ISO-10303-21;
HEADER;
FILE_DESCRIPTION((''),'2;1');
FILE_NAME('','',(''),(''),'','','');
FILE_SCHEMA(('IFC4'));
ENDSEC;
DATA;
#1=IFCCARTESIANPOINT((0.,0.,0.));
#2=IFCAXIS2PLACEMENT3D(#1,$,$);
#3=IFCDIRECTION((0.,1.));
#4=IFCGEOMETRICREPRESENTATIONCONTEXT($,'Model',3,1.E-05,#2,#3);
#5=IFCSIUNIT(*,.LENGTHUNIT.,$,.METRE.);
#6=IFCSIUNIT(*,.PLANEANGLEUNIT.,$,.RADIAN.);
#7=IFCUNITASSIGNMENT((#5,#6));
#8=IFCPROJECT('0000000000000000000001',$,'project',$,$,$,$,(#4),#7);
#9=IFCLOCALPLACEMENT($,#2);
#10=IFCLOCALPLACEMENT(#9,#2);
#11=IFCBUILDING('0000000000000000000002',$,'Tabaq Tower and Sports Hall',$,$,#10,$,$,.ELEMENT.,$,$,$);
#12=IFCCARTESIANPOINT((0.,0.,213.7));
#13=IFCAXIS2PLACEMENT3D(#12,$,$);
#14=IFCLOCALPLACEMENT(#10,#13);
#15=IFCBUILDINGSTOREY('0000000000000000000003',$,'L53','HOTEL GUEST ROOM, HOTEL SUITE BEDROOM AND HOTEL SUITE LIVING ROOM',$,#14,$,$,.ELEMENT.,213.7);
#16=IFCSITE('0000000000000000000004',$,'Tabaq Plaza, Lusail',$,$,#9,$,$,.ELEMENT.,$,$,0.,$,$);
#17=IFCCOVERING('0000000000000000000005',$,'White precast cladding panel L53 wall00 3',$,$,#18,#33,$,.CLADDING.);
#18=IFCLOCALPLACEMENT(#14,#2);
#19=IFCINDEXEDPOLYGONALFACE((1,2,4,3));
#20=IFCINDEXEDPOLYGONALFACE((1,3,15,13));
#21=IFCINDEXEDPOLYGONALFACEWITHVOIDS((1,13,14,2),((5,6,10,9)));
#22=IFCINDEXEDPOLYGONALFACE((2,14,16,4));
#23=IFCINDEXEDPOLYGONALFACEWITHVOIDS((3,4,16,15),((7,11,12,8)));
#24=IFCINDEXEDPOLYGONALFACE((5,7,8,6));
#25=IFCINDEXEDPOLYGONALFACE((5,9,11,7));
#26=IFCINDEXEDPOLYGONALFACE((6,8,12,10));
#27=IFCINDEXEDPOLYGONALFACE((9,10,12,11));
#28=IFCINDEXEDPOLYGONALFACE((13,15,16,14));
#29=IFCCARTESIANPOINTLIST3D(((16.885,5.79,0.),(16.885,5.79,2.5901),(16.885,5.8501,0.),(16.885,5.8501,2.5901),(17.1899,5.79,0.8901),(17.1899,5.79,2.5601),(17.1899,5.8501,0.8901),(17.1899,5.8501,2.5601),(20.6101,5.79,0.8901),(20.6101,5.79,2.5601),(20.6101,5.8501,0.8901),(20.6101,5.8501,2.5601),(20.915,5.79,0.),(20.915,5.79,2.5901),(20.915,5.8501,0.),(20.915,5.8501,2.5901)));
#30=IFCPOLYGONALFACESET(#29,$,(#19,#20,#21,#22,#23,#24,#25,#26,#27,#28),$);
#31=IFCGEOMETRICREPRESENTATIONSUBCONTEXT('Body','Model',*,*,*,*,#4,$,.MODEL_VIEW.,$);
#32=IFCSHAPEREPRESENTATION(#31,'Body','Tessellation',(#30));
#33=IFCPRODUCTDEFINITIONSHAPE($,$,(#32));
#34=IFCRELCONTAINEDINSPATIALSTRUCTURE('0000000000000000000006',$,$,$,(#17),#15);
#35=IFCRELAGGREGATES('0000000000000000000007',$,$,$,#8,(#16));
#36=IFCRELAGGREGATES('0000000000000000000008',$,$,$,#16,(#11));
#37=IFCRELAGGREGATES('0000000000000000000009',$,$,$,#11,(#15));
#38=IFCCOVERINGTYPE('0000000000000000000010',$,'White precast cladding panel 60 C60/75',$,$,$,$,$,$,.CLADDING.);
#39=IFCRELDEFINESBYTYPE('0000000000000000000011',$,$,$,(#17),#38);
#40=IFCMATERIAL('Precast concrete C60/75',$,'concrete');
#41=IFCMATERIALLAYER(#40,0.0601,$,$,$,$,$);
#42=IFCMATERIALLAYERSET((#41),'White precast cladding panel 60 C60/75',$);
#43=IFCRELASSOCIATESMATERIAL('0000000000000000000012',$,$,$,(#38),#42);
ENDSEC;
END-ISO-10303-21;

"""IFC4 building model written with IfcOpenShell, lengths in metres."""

from ifc_helpers import new_model, si_unit, direction, frame, origin, place, context, subcontext, project, spatial, polyline, outline, extrude, material, layer, layer_set, type_object, element, save


model = new_model("IFC4")

# Units and contexts
model_context = context("Model", 3, precision=1e-05, world=origin(), true_north=direction((0.0, 1.0)))
body_context = subcontext(model_context, "Body", "Model", "MODEL_VIEW")
ifc_project = project(units=[si_unit("LENGTHUNIT", "METRE"), si_unit("PLANEANGLEUNIT", "RADIAN")], contexts=[model_context])

# Site, building, storey
site_placement = place(None, origin())
site = spatial("IfcSite", under=ifc_project, at=site_placement, Name="Tabaq Plaza, Lusail", CompositionType="ELEMENT", RefElevation=0.0)
building_placement = place(site_placement, origin())
building = spatial("IfcBuilding", under=site, at=building_placement, Name="Tabaq Tower and Sports Hall", CompositionType="ELEMENT")
storey_placement = place(building_placement, frame((0.0, 0.0, 213.7)))
storey = spatial("IfcBuildingStorey", under=building, at=storey_placement, Name="L53", Description="HOTEL GUEST ROOM, HOTEL SUITE BEDROOM AND HOTEL SUITE LIVING ROOM", CompositionType="ELEMENT", Elevation=213.7)

# Covering
ifc_material_1 = material(Name="Precast concrete C60/75", Category="concrete")
ifc_layer_1 = layer(ifc_material_1, 0.0601)
ifc_layer_set_1 = layer_set([ifc_layer_1], Name="White precast cladding panel 60 C60/75")
covering_type = type_object("IfcCoveringType", Name="White precast cladding panel 60 C60/75", PredefinedType="CLADDING", material=ifc_layer_set_1)
covering_placement = place(storey_placement, frame((16.885, 5.8201, 0.0), z_axis=(0.0, 0.0, 1.0), x_axis=(1.0, 0.0, 0.0)))
element("IfcCovering", 1, at=covering_placement, inside=storey, type_object=covering_type, Name="White precast cladding panel L53 wall00 3", PredefinedType="CLADDING", context=body_context, shape_type="SweptSolid", body=[
    extrude(outline(polyline([(0.0, 0.0), (4.03, 0.0), (4.03, 2.5901), (0.0, 2.5901), (0.0, 0.0)]), holes=[polyline([(3.7251, 0.8901), (0.3049, 0.8901), (0.3049, 2.5601), (3.7251, 2.5601), (3.7251, 0.8901)])]), frame((0.0, 0.03, 0.0), z_axis=(0.0, -1.0, 0.0), x_axis=(1.0, 0.0, 0.0)), (0.0, 0.0, 1.0), 0.0601),
])

save(model, "model.ifc")
